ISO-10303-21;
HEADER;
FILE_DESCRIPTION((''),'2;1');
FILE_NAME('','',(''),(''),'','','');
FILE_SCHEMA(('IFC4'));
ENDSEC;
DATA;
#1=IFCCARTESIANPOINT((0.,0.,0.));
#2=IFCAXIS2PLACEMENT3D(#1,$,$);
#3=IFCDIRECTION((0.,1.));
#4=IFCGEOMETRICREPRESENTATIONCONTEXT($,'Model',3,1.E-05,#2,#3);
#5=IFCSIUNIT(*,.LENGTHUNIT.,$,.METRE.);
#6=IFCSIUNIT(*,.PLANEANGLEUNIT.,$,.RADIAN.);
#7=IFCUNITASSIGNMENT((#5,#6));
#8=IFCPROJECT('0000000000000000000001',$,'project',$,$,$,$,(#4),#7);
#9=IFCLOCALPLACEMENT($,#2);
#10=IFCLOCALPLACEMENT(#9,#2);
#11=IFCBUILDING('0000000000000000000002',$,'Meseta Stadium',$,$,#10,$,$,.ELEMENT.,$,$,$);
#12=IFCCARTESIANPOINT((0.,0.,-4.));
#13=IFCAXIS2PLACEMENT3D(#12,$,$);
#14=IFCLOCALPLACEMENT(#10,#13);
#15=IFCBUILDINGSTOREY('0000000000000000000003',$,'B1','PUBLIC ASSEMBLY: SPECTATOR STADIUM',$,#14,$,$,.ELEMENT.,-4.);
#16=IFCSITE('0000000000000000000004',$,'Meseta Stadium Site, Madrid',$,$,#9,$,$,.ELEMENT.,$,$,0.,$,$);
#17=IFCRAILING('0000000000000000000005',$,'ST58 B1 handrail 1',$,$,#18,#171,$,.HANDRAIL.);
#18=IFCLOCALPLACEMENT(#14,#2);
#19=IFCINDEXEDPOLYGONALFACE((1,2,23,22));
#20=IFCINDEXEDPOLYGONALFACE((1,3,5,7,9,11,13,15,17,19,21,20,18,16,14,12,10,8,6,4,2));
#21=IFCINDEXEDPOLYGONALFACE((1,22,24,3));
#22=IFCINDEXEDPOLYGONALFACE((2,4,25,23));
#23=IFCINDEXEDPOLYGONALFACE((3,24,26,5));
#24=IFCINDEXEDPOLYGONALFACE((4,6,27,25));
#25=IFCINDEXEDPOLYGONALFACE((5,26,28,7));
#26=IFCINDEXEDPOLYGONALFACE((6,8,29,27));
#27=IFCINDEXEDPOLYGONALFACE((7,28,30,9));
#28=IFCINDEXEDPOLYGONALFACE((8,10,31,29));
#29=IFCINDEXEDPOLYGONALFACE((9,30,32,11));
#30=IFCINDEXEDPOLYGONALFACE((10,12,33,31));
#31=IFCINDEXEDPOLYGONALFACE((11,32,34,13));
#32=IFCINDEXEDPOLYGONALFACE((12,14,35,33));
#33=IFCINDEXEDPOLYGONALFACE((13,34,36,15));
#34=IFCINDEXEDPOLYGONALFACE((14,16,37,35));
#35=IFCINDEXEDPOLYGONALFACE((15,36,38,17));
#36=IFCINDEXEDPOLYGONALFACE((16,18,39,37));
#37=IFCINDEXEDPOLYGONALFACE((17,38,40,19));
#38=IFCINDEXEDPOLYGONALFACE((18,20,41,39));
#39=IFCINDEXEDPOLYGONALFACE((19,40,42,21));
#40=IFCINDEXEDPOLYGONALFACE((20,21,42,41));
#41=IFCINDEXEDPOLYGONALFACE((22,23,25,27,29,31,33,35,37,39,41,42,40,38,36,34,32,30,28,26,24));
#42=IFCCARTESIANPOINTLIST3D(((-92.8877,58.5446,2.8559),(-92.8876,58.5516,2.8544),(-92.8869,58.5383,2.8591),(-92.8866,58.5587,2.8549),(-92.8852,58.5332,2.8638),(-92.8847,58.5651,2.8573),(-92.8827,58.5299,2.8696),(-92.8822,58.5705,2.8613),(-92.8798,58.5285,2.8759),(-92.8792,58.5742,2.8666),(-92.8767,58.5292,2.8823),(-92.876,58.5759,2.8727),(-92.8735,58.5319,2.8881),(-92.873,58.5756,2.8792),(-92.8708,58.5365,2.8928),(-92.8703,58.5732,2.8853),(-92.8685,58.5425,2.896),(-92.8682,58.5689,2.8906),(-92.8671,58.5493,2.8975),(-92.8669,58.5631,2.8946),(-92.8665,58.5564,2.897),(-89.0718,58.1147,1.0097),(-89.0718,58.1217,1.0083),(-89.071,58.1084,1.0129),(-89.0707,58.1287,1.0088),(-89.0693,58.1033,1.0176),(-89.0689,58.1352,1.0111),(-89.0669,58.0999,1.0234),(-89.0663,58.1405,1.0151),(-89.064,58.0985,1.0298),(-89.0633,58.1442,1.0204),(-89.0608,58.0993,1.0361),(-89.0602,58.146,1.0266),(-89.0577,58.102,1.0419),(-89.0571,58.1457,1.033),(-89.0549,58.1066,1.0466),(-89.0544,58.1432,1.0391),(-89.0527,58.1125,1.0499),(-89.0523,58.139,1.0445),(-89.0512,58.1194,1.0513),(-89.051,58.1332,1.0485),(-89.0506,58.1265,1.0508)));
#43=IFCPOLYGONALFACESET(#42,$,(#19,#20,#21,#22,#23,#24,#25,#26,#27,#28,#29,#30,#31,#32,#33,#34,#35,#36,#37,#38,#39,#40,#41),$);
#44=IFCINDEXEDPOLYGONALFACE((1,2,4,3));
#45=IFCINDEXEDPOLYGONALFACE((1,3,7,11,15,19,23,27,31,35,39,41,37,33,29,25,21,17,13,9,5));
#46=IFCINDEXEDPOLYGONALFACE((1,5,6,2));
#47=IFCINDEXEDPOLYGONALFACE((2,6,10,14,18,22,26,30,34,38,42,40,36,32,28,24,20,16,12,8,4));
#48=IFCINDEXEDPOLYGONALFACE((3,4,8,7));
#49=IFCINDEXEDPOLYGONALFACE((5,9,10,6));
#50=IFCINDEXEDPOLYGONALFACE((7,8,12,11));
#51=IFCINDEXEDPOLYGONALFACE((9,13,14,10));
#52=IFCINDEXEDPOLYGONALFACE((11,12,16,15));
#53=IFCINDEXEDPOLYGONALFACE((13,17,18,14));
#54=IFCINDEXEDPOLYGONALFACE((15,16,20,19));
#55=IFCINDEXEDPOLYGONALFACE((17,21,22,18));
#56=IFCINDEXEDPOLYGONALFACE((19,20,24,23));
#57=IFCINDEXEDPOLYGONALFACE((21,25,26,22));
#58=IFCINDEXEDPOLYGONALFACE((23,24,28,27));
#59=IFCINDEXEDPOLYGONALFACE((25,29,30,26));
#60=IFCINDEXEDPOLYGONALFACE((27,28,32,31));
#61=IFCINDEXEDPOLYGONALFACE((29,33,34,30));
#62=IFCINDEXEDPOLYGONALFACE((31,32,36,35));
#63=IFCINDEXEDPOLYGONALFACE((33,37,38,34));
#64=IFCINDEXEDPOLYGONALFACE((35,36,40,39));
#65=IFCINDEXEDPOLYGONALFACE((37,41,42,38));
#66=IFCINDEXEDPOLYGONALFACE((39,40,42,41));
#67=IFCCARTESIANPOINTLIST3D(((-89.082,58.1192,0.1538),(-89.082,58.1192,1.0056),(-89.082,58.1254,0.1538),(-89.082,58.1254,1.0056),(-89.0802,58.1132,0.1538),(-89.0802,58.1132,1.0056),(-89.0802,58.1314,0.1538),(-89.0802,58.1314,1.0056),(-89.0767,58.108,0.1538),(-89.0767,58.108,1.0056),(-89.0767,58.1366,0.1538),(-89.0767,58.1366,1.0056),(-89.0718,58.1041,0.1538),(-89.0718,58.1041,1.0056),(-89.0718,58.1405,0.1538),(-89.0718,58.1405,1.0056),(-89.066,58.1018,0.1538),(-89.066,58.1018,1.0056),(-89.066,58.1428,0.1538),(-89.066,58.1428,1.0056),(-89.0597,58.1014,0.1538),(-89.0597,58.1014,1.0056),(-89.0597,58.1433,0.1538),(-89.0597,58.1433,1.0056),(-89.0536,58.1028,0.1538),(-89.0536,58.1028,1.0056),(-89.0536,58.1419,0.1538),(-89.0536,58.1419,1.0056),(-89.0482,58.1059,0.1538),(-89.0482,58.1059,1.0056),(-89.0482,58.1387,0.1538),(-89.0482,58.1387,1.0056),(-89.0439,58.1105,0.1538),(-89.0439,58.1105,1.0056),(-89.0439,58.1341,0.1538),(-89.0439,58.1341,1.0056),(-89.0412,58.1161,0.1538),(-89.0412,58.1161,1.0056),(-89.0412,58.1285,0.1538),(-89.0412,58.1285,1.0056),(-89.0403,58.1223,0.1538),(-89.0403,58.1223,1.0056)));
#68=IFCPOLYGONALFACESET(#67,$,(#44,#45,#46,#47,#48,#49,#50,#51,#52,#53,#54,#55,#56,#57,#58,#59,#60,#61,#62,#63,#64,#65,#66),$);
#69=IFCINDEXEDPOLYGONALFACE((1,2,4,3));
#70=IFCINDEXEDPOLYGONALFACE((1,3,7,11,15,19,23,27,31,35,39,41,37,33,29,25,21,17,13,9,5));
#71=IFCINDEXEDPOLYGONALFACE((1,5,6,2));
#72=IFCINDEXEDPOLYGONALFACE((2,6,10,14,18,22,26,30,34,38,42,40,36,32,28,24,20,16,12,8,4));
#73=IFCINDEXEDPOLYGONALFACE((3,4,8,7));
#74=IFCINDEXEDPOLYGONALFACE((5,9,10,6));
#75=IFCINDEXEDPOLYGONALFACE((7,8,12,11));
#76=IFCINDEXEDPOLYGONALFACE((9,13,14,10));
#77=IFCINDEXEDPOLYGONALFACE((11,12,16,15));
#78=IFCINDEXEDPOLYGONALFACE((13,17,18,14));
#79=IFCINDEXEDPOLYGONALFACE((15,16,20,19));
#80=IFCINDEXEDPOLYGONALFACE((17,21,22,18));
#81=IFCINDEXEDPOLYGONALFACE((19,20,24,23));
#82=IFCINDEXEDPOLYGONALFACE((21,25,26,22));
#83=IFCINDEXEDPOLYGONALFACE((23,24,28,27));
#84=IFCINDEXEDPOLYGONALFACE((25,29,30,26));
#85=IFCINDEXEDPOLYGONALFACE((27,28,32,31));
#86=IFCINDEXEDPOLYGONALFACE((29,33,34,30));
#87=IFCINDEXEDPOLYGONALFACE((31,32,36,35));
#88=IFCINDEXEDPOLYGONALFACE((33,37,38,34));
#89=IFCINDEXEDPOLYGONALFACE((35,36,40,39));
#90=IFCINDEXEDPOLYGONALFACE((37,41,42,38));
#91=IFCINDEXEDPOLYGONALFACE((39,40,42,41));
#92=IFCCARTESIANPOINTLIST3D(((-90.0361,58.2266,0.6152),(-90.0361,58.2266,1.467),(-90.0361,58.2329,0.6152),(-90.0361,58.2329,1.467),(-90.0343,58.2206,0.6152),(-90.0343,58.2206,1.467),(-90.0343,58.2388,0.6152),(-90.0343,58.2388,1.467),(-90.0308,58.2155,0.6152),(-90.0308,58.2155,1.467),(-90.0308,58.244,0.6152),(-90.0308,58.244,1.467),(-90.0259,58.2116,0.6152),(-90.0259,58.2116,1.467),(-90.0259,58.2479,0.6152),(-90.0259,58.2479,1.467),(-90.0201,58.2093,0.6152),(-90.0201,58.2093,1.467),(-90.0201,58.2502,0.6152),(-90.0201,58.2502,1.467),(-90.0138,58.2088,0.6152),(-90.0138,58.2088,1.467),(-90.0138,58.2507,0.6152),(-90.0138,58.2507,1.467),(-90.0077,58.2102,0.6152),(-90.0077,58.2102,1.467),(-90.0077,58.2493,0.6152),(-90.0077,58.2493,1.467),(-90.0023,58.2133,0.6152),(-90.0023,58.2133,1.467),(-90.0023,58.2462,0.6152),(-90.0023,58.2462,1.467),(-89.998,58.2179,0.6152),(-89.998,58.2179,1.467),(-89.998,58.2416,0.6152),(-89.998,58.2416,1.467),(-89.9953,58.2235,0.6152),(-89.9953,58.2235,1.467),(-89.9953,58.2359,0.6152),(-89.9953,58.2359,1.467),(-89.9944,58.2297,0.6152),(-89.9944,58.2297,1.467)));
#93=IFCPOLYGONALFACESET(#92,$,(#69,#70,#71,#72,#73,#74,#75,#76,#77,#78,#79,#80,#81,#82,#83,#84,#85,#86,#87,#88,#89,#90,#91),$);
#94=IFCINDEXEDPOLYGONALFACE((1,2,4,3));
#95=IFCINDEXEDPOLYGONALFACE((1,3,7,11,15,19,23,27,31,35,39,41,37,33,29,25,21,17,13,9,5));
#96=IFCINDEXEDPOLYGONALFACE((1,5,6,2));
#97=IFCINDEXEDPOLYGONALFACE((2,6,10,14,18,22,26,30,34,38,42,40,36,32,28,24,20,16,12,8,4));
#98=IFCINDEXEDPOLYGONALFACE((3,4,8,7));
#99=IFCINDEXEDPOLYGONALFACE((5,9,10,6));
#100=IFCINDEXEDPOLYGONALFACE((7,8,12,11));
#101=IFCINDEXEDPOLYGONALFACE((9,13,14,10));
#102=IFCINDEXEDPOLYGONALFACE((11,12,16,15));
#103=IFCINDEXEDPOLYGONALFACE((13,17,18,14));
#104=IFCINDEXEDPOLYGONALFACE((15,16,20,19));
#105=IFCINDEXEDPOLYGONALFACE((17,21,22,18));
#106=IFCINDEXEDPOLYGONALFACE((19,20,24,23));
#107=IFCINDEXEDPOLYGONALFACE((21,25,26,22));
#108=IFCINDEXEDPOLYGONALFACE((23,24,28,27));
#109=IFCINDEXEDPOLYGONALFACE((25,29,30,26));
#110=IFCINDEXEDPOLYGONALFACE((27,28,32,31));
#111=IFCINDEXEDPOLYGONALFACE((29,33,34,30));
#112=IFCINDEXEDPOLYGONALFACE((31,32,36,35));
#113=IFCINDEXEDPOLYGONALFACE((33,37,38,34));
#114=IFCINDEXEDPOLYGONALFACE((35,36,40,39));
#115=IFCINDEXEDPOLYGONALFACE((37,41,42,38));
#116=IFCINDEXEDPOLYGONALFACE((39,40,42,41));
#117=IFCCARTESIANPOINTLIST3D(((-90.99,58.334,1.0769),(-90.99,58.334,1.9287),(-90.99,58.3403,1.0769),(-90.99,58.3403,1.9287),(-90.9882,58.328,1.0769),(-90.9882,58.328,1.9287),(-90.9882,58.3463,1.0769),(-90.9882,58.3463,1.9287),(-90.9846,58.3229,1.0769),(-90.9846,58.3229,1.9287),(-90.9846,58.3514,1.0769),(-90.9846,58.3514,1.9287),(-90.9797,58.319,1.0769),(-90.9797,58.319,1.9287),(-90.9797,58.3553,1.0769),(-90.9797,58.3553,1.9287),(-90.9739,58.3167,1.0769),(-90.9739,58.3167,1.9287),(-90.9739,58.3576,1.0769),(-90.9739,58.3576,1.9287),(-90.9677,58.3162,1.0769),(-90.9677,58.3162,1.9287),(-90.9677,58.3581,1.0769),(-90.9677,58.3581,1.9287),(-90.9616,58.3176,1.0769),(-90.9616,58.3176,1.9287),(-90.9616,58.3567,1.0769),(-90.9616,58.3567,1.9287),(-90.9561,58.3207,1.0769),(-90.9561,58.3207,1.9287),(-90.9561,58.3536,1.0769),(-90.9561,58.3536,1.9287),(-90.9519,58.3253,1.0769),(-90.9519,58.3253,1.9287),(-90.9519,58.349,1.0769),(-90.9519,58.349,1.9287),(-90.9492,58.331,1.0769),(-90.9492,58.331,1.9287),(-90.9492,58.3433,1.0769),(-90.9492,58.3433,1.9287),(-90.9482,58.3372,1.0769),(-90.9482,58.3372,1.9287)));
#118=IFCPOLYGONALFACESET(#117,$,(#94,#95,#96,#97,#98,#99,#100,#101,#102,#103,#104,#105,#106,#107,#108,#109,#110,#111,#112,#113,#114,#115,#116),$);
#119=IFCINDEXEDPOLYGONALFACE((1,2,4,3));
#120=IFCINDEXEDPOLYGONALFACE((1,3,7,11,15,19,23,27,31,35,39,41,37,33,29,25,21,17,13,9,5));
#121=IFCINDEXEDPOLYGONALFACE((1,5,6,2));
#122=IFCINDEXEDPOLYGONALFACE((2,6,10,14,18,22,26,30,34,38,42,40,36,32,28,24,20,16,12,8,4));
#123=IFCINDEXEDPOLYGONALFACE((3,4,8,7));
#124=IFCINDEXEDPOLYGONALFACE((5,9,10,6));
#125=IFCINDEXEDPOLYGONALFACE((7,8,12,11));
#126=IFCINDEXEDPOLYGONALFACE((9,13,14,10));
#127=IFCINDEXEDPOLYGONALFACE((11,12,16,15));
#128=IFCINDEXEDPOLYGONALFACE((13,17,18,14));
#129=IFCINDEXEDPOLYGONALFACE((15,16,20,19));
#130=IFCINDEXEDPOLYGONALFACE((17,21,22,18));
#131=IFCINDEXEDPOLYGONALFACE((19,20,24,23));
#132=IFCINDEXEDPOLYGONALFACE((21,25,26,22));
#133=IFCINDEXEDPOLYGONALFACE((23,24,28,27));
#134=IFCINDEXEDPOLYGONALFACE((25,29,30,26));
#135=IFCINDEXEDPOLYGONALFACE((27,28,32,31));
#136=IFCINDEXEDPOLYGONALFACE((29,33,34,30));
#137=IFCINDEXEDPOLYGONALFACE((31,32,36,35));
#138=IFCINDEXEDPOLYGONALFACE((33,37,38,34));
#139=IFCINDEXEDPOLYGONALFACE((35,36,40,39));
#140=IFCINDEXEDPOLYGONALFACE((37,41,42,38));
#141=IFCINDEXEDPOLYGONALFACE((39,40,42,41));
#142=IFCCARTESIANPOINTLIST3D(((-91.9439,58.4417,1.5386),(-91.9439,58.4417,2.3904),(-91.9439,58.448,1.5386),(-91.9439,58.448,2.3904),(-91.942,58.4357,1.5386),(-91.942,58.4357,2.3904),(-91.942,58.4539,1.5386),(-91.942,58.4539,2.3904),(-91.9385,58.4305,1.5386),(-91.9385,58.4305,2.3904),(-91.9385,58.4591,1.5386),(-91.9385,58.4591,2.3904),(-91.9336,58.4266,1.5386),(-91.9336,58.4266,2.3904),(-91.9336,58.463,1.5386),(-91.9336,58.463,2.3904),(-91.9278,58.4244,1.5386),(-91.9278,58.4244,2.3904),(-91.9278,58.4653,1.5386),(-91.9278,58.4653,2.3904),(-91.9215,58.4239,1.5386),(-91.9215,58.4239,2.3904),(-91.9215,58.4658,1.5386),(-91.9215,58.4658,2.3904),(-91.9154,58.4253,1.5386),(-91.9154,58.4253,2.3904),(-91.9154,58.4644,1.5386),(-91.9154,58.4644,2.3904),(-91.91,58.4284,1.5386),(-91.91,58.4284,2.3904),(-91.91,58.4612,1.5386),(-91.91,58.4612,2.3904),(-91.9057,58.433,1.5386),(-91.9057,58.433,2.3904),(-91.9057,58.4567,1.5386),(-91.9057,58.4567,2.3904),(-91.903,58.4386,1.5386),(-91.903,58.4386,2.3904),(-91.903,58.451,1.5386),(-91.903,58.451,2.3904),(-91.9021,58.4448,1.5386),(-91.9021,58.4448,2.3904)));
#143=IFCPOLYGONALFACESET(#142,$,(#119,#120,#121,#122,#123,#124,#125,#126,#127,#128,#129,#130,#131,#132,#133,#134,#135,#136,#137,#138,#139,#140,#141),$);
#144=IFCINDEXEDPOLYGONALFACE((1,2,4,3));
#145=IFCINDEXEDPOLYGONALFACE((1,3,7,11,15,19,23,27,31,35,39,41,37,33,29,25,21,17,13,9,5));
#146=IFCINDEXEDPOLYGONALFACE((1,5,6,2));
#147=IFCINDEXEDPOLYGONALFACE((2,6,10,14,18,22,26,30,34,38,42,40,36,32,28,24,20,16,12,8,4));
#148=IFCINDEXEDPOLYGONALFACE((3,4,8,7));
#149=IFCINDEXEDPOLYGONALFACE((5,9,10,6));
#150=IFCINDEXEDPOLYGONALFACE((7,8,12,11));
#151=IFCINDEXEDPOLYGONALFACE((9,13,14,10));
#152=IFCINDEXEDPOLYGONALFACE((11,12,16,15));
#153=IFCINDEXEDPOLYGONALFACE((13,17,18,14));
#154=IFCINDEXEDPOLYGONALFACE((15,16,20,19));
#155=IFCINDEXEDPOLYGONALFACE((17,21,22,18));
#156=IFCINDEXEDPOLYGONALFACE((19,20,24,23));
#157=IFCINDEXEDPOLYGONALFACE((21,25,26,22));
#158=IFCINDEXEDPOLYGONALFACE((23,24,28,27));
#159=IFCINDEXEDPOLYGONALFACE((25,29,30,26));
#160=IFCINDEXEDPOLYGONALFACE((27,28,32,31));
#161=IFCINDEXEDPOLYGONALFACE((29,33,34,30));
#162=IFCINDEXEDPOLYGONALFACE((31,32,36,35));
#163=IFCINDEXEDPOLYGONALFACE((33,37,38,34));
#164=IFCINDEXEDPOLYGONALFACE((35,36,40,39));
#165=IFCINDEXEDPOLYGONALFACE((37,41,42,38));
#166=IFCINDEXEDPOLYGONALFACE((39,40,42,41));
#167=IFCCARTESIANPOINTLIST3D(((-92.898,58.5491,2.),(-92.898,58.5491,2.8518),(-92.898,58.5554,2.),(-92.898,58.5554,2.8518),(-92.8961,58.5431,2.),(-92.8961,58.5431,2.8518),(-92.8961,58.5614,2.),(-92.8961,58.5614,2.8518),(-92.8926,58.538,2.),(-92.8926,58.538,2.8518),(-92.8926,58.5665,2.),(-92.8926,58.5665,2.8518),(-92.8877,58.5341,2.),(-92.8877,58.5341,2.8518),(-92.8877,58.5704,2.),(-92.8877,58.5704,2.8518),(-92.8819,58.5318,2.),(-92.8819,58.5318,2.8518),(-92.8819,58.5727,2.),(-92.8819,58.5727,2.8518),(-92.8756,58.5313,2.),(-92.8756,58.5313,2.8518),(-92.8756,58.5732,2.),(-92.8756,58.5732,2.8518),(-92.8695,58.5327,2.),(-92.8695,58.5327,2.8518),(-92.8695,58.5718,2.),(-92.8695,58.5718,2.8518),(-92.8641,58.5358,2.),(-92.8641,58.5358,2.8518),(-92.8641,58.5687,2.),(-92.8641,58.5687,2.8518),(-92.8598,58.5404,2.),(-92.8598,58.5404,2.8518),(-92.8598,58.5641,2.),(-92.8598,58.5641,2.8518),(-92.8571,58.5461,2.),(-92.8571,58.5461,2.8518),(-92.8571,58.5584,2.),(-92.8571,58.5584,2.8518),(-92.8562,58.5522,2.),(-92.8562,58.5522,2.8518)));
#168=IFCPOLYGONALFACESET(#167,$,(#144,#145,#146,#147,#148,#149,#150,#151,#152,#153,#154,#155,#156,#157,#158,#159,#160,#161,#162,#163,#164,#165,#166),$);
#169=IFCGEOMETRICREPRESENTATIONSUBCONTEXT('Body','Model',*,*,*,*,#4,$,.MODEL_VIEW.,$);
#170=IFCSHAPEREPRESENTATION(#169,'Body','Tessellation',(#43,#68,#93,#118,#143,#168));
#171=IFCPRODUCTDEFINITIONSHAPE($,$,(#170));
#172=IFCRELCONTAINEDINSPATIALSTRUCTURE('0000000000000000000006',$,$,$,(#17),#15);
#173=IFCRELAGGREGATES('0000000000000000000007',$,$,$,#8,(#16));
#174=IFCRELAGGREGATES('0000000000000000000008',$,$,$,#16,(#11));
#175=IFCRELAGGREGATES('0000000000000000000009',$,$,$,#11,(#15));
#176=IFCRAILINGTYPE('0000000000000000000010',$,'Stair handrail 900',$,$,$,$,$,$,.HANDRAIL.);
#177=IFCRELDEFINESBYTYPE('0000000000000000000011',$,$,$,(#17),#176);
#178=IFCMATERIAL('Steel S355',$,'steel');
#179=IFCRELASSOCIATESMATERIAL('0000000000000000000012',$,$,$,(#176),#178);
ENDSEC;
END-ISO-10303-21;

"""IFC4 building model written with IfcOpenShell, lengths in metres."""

from ifc_helpers import new_model, si_unit, direction, frame, origin, origin_2d, place, context, subcontext, project, spatial, circle, extrude, material, type_object, element, save


model = new_model("IFC4")

# Units and contexts
model_context = context("Model", 3, precision=1e-05, world=origin(), true_north=direction((0.0, 1.0)))
body_context = subcontext(model_context, "Body", "Model", "MODEL_VIEW")
ifc_project = project(units=[si_unit("LENGTHUNIT", "METRE"), si_unit("PLANEANGLEUNIT", "RADIAN")], contexts=[model_context])

# Site, building, storey
site_placement = place(None, origin())
site = spatial("IfcSite", under=ifc_project, at=site_placement, Name="Meseta Stadium Site, Madrid", CompositionType="ELEMENT", RefElevation=0.0)
building_placement = place(site_placement, origin())
building = spatial("IfcBuilding", under=site, at=building_placement, Name="Meseta Stadium", CompositionType="ELEMENT")
storey_placement = place(building_placement, frame((0.0, 0.0, -4.0)))
storey = spatial("IfcBuildingStorey", under=building, at=storey_placement, Name="B1", Description="PUBLIC ASSEMBLY: SPECTATOR STADIUM", CompositionType="ELEMENT", Elevation=-4.0)

# Railing
ifc_material_1 = material(Name="Steel S355", Category="steel")
railing_type_1 = type_object("IfcRailingType", Name="Stair handrail 900", PredefinedType="HANDRAIL", material=ifc_material_1)
railing_1_placement = place(storey_placement, frame((-89.0613, 58.1223, 0.1538)))
element("IfcRailing", 1, at=railing_1_placement, inside=storey, type_object=railing_type_1, Name="ST58 B1 handrail 1", PredefinedType="HANDRAIL", context=body_context, shape_type="SweptSolid", body=[
    extrude(circle(Radius=0.0239, at=origin_2d()), frame((0.0, 0.0, 0.876), z_axis=(-0.895585, 0.100904, 0.433296), x_axis=(-0.11196, -0.993713, 0.0)), (0.0, 0.0, 1.0), 4.2607),
    extrude(circle(Radius=0.021, at=origin_2d()), origin(), (0.0, 0.0, 1.0), 0.8518),
    extrude(circle(Radius=0.021, at=origin_2d()), frame((-0.9541, 0.1074, 0.4614)), (0.0, 0.0, 1.0), 0.8518),
    extrude(circle(Radius=0.021, at=origin_2d()), frame((-1.908, 0.2148, 0.9231)), (0.0, 0.0, 1.0), 0.8518),
    extrude(circle(Radius=0.021, at=origin_2d()), frame((-2.8618, 0.3225, 1.3848)), (0.0, 0.0, 1.0), 0.8518),
    extrude(circle(Radius=0.021, at=origin_2d()), frame((-3.8159, 0.4299, 1.8462)), (0.0, 0.0, 1.0), 0.8518),
])

save(model, "model.ifc")
